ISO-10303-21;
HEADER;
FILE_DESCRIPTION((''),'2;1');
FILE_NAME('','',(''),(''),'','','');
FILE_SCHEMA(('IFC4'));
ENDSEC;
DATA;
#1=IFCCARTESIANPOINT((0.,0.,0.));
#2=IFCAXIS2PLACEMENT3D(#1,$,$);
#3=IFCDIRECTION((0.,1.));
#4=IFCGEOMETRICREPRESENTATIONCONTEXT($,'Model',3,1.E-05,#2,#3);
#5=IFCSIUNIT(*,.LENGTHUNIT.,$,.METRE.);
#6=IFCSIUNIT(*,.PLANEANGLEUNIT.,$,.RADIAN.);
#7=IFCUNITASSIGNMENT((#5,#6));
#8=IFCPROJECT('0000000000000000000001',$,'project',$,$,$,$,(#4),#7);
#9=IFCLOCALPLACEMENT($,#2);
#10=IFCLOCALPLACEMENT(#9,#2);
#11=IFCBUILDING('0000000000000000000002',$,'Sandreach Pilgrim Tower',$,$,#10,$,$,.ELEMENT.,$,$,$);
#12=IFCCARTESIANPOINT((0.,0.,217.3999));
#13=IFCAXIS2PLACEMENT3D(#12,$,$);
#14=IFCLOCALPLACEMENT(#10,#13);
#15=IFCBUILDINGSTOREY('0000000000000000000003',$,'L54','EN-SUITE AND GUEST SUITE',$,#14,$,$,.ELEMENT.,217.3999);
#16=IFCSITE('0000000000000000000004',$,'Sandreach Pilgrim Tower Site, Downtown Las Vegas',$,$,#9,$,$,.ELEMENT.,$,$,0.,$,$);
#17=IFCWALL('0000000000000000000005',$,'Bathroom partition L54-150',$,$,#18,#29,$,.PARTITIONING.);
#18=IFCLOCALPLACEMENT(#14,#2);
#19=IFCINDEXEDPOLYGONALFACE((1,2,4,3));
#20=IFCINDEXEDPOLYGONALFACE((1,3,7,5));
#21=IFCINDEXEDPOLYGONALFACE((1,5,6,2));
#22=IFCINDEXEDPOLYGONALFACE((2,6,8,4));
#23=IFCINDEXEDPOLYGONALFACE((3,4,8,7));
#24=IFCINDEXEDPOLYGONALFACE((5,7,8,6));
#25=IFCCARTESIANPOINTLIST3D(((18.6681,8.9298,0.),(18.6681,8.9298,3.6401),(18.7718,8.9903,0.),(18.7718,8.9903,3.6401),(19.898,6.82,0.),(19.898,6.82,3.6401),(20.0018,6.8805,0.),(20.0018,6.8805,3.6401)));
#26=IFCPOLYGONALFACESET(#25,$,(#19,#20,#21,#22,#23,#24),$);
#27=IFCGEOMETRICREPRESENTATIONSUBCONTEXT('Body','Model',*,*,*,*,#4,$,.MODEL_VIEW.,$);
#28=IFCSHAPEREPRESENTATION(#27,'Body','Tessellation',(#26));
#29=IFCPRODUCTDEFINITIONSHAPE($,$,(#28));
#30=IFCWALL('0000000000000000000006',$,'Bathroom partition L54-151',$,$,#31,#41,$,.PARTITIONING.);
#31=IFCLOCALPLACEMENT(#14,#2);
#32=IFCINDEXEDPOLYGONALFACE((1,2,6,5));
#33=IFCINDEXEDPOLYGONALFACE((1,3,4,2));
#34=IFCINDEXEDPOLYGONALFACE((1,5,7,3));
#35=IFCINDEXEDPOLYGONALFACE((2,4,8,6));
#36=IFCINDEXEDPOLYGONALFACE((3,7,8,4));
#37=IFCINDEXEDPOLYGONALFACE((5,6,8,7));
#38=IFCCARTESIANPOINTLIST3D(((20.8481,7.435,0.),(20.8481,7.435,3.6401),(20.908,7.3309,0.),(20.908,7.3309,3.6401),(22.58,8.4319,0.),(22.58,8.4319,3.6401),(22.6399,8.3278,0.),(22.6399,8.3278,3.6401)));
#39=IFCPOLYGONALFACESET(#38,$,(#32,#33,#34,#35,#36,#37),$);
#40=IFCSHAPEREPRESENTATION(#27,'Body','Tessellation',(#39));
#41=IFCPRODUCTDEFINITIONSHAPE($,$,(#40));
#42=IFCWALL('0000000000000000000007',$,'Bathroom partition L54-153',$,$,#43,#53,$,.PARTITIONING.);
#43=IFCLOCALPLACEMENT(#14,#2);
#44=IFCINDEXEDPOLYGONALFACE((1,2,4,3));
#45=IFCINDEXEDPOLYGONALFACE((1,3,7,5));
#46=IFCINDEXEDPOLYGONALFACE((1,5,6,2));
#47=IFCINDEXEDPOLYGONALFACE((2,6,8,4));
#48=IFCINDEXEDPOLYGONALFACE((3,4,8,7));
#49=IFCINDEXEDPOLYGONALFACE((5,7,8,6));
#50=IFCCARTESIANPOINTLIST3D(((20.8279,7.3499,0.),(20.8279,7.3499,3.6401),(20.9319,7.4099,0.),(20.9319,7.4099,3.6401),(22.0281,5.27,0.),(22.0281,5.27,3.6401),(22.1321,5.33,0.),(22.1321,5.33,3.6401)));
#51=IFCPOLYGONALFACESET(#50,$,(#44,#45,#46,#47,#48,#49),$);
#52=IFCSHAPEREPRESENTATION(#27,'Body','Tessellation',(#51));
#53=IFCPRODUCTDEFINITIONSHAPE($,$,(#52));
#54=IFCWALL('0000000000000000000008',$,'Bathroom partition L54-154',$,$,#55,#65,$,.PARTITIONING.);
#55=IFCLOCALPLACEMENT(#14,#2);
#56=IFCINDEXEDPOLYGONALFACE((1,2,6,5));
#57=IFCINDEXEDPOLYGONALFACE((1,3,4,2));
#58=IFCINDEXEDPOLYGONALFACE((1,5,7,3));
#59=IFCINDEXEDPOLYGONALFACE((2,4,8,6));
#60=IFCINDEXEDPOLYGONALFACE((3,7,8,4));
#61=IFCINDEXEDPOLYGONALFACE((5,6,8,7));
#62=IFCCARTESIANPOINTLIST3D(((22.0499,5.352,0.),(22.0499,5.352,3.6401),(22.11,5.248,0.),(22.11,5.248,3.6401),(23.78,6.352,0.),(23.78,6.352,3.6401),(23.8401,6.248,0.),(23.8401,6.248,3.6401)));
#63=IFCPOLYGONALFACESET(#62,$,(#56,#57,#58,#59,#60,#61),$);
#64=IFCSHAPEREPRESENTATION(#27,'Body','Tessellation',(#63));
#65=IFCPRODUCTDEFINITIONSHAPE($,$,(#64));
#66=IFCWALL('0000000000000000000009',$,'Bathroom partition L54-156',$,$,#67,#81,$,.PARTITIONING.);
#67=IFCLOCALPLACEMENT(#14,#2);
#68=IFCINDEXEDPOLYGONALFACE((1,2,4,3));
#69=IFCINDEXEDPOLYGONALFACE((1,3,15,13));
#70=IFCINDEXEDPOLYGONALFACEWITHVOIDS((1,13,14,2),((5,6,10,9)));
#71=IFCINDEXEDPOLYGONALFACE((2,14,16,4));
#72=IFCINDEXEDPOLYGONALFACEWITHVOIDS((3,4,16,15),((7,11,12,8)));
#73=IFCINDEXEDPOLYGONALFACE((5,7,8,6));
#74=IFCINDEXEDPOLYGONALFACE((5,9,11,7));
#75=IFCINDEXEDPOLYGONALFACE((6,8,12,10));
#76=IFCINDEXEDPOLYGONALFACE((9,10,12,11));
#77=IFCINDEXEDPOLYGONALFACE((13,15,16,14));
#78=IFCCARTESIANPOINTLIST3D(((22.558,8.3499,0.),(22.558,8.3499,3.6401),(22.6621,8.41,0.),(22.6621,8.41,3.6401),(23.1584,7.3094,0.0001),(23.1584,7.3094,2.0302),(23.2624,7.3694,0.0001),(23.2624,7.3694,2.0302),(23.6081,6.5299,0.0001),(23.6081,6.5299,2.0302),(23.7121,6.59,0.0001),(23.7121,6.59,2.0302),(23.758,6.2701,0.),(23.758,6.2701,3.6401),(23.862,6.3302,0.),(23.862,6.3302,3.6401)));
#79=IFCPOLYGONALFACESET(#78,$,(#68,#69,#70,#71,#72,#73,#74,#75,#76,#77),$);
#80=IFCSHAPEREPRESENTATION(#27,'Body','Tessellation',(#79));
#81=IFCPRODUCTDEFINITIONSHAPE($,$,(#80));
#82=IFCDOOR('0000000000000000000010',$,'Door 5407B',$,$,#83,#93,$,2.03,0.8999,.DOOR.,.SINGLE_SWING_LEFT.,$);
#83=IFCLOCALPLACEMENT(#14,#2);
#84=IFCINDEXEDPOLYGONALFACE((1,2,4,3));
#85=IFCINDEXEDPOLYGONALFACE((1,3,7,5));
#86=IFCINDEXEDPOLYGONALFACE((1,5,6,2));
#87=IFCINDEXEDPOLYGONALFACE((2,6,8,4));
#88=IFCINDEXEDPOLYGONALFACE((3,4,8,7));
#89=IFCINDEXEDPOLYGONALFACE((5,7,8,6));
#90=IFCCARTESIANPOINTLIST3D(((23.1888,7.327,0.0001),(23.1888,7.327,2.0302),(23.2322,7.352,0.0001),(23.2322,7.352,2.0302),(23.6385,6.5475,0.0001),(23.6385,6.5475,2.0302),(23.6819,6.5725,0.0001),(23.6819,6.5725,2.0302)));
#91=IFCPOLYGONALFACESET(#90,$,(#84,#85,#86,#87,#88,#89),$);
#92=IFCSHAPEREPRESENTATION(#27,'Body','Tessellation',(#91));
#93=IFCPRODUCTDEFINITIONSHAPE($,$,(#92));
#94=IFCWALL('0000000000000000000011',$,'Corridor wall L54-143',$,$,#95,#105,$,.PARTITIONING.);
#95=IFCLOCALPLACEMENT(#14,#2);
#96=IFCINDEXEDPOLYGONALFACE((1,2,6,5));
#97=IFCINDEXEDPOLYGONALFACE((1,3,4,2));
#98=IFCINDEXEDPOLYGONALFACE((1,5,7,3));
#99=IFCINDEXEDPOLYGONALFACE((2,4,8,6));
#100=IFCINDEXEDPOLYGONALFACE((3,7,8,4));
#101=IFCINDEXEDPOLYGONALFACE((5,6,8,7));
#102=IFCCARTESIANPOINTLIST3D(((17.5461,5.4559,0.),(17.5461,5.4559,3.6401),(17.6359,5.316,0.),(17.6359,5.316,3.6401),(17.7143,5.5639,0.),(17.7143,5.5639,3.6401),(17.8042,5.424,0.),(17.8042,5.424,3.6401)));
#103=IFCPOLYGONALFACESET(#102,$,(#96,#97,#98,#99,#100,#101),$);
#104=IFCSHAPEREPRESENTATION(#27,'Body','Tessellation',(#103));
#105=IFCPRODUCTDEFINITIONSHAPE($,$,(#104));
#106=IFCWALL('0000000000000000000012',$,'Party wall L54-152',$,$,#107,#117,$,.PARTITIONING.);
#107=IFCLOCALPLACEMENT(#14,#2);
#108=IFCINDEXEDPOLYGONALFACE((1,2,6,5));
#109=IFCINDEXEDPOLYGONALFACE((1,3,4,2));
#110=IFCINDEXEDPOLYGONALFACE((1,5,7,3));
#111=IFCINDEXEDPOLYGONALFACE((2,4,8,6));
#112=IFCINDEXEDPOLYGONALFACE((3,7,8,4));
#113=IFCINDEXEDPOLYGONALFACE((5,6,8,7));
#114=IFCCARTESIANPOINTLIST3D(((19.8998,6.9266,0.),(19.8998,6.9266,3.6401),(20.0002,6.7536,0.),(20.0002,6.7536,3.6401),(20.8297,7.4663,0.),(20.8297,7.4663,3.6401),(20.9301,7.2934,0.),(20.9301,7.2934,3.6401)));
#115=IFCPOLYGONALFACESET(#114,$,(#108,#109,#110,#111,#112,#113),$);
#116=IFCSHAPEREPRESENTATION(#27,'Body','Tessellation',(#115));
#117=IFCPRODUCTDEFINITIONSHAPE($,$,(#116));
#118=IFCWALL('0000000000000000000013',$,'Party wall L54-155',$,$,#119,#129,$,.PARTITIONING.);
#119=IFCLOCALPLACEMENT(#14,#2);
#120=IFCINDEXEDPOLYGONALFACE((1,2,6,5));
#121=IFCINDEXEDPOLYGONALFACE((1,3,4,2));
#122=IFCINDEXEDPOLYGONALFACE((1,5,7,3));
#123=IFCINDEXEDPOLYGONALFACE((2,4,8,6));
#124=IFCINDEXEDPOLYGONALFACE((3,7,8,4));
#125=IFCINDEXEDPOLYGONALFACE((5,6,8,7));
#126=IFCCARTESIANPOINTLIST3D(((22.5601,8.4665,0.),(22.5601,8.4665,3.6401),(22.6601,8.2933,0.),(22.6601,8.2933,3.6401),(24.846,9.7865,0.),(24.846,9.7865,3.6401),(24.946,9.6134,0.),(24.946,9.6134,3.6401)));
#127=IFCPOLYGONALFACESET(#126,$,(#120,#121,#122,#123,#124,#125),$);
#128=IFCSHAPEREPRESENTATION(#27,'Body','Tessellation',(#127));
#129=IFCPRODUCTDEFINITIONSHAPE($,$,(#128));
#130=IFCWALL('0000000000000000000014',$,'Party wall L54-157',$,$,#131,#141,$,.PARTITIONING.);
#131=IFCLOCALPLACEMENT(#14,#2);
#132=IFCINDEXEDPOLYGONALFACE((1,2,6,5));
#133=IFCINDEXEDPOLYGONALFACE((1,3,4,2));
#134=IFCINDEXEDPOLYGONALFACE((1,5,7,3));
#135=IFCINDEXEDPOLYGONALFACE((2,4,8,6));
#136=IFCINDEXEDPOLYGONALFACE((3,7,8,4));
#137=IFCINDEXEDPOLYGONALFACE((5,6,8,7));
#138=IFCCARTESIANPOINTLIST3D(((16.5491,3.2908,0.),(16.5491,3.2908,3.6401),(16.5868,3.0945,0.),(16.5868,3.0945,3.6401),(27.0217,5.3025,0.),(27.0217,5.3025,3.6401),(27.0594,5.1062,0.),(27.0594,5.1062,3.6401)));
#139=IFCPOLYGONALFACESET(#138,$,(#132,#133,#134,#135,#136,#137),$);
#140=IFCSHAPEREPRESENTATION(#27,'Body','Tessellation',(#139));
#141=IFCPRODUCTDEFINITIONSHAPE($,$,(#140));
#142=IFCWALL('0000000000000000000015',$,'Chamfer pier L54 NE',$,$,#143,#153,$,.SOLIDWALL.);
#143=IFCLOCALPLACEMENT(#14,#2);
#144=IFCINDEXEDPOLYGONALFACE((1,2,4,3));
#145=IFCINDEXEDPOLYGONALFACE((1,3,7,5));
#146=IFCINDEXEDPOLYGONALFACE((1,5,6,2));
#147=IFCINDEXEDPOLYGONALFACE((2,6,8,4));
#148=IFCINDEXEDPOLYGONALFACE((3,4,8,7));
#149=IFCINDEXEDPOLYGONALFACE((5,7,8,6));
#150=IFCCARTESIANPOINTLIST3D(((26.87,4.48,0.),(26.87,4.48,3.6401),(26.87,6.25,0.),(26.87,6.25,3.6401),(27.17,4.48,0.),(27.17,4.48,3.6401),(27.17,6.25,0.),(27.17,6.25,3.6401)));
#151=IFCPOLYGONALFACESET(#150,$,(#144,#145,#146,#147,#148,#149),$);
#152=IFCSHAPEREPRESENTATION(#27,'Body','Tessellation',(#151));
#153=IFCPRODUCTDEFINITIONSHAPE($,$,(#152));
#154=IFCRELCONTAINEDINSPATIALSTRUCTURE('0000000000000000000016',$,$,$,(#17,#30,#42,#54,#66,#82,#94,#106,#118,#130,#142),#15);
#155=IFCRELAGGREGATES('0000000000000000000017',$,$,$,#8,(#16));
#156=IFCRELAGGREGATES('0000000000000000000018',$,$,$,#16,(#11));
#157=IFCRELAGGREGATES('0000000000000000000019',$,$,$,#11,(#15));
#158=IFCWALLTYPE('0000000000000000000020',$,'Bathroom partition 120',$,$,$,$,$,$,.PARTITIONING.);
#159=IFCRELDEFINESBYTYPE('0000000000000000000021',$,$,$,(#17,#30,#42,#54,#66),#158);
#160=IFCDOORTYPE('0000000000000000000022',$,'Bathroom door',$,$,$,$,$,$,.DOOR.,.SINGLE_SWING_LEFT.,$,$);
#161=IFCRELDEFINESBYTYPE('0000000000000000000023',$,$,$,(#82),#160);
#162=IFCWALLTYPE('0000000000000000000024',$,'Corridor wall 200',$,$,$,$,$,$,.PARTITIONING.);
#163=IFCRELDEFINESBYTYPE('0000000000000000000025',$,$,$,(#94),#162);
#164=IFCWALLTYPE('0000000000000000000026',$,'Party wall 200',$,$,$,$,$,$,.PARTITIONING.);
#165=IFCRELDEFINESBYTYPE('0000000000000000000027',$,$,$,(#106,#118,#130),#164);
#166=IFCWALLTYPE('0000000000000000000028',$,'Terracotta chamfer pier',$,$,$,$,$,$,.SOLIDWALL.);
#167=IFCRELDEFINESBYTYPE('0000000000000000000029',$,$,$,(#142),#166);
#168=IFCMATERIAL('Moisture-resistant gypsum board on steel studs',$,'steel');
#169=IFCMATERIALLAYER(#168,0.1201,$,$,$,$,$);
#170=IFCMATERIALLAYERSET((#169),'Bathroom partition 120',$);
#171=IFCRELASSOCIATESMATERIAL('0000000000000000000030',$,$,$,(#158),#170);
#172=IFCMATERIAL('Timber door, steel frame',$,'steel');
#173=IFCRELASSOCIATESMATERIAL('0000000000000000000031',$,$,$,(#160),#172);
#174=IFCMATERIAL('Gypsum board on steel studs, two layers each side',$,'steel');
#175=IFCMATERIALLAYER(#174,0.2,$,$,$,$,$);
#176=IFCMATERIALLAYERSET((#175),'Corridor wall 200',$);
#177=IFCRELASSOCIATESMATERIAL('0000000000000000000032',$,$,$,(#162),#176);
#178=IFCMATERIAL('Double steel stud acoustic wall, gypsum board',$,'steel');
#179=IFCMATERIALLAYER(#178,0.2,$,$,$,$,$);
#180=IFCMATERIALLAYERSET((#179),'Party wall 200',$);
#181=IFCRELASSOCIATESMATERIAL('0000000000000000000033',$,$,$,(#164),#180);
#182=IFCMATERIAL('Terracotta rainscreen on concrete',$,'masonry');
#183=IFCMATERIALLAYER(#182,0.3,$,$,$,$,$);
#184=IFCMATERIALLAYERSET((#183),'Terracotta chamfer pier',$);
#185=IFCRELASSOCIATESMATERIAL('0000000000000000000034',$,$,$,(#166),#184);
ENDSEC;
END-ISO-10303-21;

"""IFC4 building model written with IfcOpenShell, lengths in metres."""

from ifc_helpers import new_model, si_unit, direction, frame, frame_2d, origin, place, context, subcontext, project, spatial, rectangle, extrude, material, layer, layer_set, type_object, element, fill, save


model = new_model("IFC4")

# Units and contexts
model_context = context("Model", 3, precision=1e-05, world=origin(), true_north=direction((0.0, 1.0)))
body_context = subcontext(model_context, "Body", "Model", "MODEL_VIEW")
ifc_project = project(units=[si_unit("LENGTHUNIT", "METRE"), si_unit("PLANEANGLEUNIT", "RADIAN")], contexts=[model_context])

# Site, building, storey
site_placement = place(None, origin())
site = spatial("IfcSite", under=ifc_project, at=site_placement, Name="Sandreach Pilgrim Tower Site, Downtown Las Vegas", CompositionType="ELEMENT", RefElevation=0.0)
building_placement = place(site_placement, origin())
building = spatial("IfcBuilding", under=site, at=building_placement, Name="Sandreach Pilgrim Tower", CompositionType="ELEMENT")
storey_placement = place(building_placement, frame((0.0, 0.0, 217.3999)))
storey = spatial("IfcBuildingStorey", under=building, at=storey_placement, Name="L54", Description="EN-SUITE AND GUEST SUITE", CompositionType="ELEMENT", Elevation=217.3999)

# Shared definitions
ifc_material_1 = material(Name="Moisture-resistant gypsum board on steel studs", Category="steel")
ifc_layer_1 = layer(ifc_material_1, 0.1201)
ifc_layer_set_1 = layer_set([ifc_layer_1], Name="Bathroom partition 120")
wall_type_1 = type_object("IfcWallType", Name="Bathroom partition 120", PredefinedType="PARTITIONING", material=ifc_layer_set_1)

# Shared definitions
ifc_material_2 = material(Name="Timber door, steel frame", Category="steel")
door_type = type_object("IfcDoorType", Name="Bathroom door", OperationType="SINGLE_SWING_LEFT", PredefinedType="DOOR", material=ifc_material_2)

# Walls
wall_1_placement = place(storey_placement, frame((19.95, 6.8501, 0.0), z_axis=(0.0, 0.0, 1.0), x_axis=(-0.503635, 0.863917, 0.0)))
element("IfcWall", 1, at=wall_1_placement, inside=storey, type_object=wall_type_1, Name="Bathroom partition L54-150", PredefinedType="PARTITIONING", context=body_context, shape_type="SweptSolid", body=[
    extrude(rectangle(XDim=2.4421, YDim=0.1201, at=frame_2d((1.2212, 0.0))), origin(), (0.0, 0.0, 1.0), 3.6401),
])
wall_2_placement = place(storey_placement, frame((20.8782, 7.3831, 0.0), z_axis=(0.0, 0.0, 1.0), x_axis=(0.866698, 0.498834, 0.0)))
element("IfcWall", 2, at=wall_2_placement, inside=storey, type_object=wall_type_1, Name="Bathroom partition L54-151", PredefinedType="PARTITIONING", context=body_context, shape_type="SweptSolid", body=[
    extrude(rectangle(XDim=1.9983, YDim=0.1201, at=frame_2d((0.999, 0.0))), origin(), (0.0, 0.0, 1.0), 3.6401),
])
wall_3_placement = place(storey_placement, frame((20.8799, 7.3799, 0.0), z_axis=(0.0, 0.0, 1.0), x_axis=(0.499813, -0.866133, 0.0)))
element("IfcWall", 3, at=wall_3_placement, inside=storey, type_object=wall_type_1, Name="Bathroom partition L54-153", PredefinedType="PARTITIONING", context=body_context, shape_type="SweptSolid", body=[
    extrude(rectangle(XDim=2.4014, YDim=0.1201, at=frame_2d((1.2007, 0.0))), origin(), (0.0, 0.0, 1.0), 3.6401),
])
wall_4_placement = place(storey_placement, frame((22.0801, 5.3, 0.0), z_axis=(0.0, 0.0, 1.0), x_axis=(0.865766, 0.500449, 0.0)))
element("IfcWall", 4, at=wall_4_placement, inside=storey, type_object=wall_type_1, Name="Bathroom partition L54-154", PredefinedType="PARTITIONING", context=body_context, shape_type="SweptSolid", body=[
    extrude(rectangle(XDim=1.9983, YDim=0.1201, at=frame_2d((0.999, 0.0))), origin(), (0.0, 0.0, 1.0), 3.6401),
])

# Wall, opening, door
wall_5_placement = place(storey_placement, frame((23.8101, 6.3, 0.0), z_axis=(0.0, 0.0, 1.0), x_axis=(-0.499737, 0.866177, 0.0)))
wall_5 = element("IfcWall", 5, at=wall_5_placement, inside=storey, type_object=wall_type_1, Name="Bathroom partition L54-156", PredefinedType="PARTITIONING", context=body_context, shape_type="SweptSolid", body=[
    extrude(rectangle(XDim=2.4011, YDim=0.1201, at=frame_2d((1.2007, 0.0))), origin(), (0.0, 0.0, 1.0), 3.6401),
])
opening_1_placement = place(wall_5_placement, frame((0.3, 0.0, 0.0)))
opening_1 = element("IfcOpeningElement", 6, at=opening_1_placement, cuts=wall_5, PredefinedType="OPENING", context=body_context, shape_type="SweptSolid", body=[
    extrude(rectangle(XDim=0.8999, YDim=2.03, at=frame_2d((0.45, 1.0151))), frame((0.0, 0.0601, 0.0), z_axis=(0.0, -1.0, 0.0), x_axis=(1.0, 0.0, 0.0)), (0.0, 0.0, 1.0), 0.1201),
])
door_1_placement = place(opening_1_placement, origin())
door_1 = element("IfcDoor", 7, at=door_1_placement, inside=storey, type_object=door_type, Name="Door 5407B", OperationType="SINGLE_SWING_LEFT", OverallHeight=2.03, OverallWidth=0.8999, PredefinedType="DOOR", context=body_context, shape_type="SweptSolid", body=[
    extrude(rectangle(XDim=0.8999, YDim=2.03, at=frame_2d((0.45, 1.0151))), frame((0.0, 0.0249, 0.0), z_axis=(0.0, -1.0, 0.0), x_axis=(1.0, 0.0, 0.0)), (0.0, 0.0, 1.0), 0.05),
])
fill(opening_1, door_1)

# Walls
ifc_material_3 = material(Name="Gypsum board on steel studs, two layers each side", Category="steel")
ifc_layer_2 = layer(ifc_material_3, 0.2)
ifc_layer_set_2 = layer_set([ifc_layer_2], Name="Corridor wall 200")
wall_type_2 = type_object("IfcWallType", Name="Corridor wall 200", PredefinedType="PARTITIONING", material=ifc_layer_set_2)
wall_6_placement = place(storey_placement, frame((17.72, 5.3701, 0.0), z_axis=(0.0, 0.0, 1.0), x_axis=(-0.540386, 0.841417, 0.0)))
element("IfcWall", 8, at=wall_6_placement, inside=storey, type_object=wall_type_2, Name="Corridor wall L54-143", PredefinedType="PARTITIONING", context=body_context, shape_type="SweptSolid", body=[
    extrude(rectangle(XDim=0.1663, YDim=0.2, at=frame_2d((0.083, 0.0))), origin(), (0.0, 0.0, 1.0), 3.6401),
])
ifc_material_4 = material(Name="Double steel stud acoustic wall, gypsum board", Category="steel")
ifc_layer_3 = layer(ifc_material_4, 0.2)
ifc_layer_set_3 = layer_set([ifc_layer_3], Name="Party wall 200")
wall_type_3 = type_object("IfcWallType", Name="Party wall 200", PredefinedType="PARTITIONING", material=ifc_layer_set_3)
wall_7_placement = place(storey_placement, frame((20.8799, 7.3799, 0.0), z_axis=(0.0, 0.0, 1.0), x_axis=(-0.864856, -0.50202, 0.0)))
element("IfcWall", 9, at=wall_7_placement, inside=storey, type_object=wall_type_3, Name="Party wall L54-152", PredefinedType="PARTITIONING", context=body_context, shape_type="SweptSolid", body=[
    extrude(rectangle(XDim=1.0752, YDim=0.2, at=frame_2d((0.5376, 0.0))), origin(), (0.0, 0.0, 1.0), 3.6401),
])
wall_8_placement = place(storey_placement, frame((22.6101, 8.3799, 0.0), z_axis=(0.0, 0.0, 1.0), x_axis=(0.865975, 0.500088, 0.0)))
element("IfcWall", 10, at=wall_8_placement, inside=storey, type_object=wall_type_3, Name="Party wall L54-155", PredefinedType="PARTITIONING", context=body_context, shape_type="SweptSolid", body=[
    extrude(rectangle(XDim=2.6396, YDim=0.2, at=frame_2d((1.3198, 0.0))), origin(), (0.0, 0.0, 1.0), 3.6401),
])
wall_9_placement = place(storey_placement, frame((27.0405, 5.2043, 0.0), z_axis=(0.0, 0.0, 1.0), x_axis=(-0.982046, -0.188644, 0.0)))
element("IfcWall", 11, at=wall_9_placement, inside=storey, type_object=wall_type_3, Name="Party wall L54-157", PredefinedType="PARTITIONING", context=body_context, shape_type="SweptSolid", body=[
    extrude(rectangle(XDim=10.6641, YDim=0.2, at=frame_2d((5.332, 0.0))), origin(), (0.0, 0.0, 1.0), 3.6401),
])
ifc_material_5 = material(Name="Terracotta rainscreen on concrete", Category="masonry")
ifc_layer_4 = layer(ifc_material_5, 0.3)
ifc_layer_set_4 = layer_set([ifc_layer_4], Name="Terracotta chamfer pier")
wall_type_4 = type_object("IfcWallType", Name="Terracotta chamfer pier", PredefinedType="SOLIDWALL", material=ifc_layer_set_4)
wall_10_placement = place(storey_placement, frame((27.02, 6.25, 0.0), z_axis=(0.0, 0.0, 1.0), x_axis=(0.0, -1.0, 0.0)))
element("IfcWall", 12, at=wall_10_placement, inside=storey, type_object=wall_type_4, Name="Chamfer pier L54 NE", PredefinedType="SOLIDWALL", context=body_context, shape_type="SweptSolid", body=[
    extrude(rectangle(XDim=1.77, YDim=0.3, at=frame_2d((0.885, 0.0))), origin(), (0.0, 0.0, 1.0), 3.6401),
])

save(model, "model.ifc")
